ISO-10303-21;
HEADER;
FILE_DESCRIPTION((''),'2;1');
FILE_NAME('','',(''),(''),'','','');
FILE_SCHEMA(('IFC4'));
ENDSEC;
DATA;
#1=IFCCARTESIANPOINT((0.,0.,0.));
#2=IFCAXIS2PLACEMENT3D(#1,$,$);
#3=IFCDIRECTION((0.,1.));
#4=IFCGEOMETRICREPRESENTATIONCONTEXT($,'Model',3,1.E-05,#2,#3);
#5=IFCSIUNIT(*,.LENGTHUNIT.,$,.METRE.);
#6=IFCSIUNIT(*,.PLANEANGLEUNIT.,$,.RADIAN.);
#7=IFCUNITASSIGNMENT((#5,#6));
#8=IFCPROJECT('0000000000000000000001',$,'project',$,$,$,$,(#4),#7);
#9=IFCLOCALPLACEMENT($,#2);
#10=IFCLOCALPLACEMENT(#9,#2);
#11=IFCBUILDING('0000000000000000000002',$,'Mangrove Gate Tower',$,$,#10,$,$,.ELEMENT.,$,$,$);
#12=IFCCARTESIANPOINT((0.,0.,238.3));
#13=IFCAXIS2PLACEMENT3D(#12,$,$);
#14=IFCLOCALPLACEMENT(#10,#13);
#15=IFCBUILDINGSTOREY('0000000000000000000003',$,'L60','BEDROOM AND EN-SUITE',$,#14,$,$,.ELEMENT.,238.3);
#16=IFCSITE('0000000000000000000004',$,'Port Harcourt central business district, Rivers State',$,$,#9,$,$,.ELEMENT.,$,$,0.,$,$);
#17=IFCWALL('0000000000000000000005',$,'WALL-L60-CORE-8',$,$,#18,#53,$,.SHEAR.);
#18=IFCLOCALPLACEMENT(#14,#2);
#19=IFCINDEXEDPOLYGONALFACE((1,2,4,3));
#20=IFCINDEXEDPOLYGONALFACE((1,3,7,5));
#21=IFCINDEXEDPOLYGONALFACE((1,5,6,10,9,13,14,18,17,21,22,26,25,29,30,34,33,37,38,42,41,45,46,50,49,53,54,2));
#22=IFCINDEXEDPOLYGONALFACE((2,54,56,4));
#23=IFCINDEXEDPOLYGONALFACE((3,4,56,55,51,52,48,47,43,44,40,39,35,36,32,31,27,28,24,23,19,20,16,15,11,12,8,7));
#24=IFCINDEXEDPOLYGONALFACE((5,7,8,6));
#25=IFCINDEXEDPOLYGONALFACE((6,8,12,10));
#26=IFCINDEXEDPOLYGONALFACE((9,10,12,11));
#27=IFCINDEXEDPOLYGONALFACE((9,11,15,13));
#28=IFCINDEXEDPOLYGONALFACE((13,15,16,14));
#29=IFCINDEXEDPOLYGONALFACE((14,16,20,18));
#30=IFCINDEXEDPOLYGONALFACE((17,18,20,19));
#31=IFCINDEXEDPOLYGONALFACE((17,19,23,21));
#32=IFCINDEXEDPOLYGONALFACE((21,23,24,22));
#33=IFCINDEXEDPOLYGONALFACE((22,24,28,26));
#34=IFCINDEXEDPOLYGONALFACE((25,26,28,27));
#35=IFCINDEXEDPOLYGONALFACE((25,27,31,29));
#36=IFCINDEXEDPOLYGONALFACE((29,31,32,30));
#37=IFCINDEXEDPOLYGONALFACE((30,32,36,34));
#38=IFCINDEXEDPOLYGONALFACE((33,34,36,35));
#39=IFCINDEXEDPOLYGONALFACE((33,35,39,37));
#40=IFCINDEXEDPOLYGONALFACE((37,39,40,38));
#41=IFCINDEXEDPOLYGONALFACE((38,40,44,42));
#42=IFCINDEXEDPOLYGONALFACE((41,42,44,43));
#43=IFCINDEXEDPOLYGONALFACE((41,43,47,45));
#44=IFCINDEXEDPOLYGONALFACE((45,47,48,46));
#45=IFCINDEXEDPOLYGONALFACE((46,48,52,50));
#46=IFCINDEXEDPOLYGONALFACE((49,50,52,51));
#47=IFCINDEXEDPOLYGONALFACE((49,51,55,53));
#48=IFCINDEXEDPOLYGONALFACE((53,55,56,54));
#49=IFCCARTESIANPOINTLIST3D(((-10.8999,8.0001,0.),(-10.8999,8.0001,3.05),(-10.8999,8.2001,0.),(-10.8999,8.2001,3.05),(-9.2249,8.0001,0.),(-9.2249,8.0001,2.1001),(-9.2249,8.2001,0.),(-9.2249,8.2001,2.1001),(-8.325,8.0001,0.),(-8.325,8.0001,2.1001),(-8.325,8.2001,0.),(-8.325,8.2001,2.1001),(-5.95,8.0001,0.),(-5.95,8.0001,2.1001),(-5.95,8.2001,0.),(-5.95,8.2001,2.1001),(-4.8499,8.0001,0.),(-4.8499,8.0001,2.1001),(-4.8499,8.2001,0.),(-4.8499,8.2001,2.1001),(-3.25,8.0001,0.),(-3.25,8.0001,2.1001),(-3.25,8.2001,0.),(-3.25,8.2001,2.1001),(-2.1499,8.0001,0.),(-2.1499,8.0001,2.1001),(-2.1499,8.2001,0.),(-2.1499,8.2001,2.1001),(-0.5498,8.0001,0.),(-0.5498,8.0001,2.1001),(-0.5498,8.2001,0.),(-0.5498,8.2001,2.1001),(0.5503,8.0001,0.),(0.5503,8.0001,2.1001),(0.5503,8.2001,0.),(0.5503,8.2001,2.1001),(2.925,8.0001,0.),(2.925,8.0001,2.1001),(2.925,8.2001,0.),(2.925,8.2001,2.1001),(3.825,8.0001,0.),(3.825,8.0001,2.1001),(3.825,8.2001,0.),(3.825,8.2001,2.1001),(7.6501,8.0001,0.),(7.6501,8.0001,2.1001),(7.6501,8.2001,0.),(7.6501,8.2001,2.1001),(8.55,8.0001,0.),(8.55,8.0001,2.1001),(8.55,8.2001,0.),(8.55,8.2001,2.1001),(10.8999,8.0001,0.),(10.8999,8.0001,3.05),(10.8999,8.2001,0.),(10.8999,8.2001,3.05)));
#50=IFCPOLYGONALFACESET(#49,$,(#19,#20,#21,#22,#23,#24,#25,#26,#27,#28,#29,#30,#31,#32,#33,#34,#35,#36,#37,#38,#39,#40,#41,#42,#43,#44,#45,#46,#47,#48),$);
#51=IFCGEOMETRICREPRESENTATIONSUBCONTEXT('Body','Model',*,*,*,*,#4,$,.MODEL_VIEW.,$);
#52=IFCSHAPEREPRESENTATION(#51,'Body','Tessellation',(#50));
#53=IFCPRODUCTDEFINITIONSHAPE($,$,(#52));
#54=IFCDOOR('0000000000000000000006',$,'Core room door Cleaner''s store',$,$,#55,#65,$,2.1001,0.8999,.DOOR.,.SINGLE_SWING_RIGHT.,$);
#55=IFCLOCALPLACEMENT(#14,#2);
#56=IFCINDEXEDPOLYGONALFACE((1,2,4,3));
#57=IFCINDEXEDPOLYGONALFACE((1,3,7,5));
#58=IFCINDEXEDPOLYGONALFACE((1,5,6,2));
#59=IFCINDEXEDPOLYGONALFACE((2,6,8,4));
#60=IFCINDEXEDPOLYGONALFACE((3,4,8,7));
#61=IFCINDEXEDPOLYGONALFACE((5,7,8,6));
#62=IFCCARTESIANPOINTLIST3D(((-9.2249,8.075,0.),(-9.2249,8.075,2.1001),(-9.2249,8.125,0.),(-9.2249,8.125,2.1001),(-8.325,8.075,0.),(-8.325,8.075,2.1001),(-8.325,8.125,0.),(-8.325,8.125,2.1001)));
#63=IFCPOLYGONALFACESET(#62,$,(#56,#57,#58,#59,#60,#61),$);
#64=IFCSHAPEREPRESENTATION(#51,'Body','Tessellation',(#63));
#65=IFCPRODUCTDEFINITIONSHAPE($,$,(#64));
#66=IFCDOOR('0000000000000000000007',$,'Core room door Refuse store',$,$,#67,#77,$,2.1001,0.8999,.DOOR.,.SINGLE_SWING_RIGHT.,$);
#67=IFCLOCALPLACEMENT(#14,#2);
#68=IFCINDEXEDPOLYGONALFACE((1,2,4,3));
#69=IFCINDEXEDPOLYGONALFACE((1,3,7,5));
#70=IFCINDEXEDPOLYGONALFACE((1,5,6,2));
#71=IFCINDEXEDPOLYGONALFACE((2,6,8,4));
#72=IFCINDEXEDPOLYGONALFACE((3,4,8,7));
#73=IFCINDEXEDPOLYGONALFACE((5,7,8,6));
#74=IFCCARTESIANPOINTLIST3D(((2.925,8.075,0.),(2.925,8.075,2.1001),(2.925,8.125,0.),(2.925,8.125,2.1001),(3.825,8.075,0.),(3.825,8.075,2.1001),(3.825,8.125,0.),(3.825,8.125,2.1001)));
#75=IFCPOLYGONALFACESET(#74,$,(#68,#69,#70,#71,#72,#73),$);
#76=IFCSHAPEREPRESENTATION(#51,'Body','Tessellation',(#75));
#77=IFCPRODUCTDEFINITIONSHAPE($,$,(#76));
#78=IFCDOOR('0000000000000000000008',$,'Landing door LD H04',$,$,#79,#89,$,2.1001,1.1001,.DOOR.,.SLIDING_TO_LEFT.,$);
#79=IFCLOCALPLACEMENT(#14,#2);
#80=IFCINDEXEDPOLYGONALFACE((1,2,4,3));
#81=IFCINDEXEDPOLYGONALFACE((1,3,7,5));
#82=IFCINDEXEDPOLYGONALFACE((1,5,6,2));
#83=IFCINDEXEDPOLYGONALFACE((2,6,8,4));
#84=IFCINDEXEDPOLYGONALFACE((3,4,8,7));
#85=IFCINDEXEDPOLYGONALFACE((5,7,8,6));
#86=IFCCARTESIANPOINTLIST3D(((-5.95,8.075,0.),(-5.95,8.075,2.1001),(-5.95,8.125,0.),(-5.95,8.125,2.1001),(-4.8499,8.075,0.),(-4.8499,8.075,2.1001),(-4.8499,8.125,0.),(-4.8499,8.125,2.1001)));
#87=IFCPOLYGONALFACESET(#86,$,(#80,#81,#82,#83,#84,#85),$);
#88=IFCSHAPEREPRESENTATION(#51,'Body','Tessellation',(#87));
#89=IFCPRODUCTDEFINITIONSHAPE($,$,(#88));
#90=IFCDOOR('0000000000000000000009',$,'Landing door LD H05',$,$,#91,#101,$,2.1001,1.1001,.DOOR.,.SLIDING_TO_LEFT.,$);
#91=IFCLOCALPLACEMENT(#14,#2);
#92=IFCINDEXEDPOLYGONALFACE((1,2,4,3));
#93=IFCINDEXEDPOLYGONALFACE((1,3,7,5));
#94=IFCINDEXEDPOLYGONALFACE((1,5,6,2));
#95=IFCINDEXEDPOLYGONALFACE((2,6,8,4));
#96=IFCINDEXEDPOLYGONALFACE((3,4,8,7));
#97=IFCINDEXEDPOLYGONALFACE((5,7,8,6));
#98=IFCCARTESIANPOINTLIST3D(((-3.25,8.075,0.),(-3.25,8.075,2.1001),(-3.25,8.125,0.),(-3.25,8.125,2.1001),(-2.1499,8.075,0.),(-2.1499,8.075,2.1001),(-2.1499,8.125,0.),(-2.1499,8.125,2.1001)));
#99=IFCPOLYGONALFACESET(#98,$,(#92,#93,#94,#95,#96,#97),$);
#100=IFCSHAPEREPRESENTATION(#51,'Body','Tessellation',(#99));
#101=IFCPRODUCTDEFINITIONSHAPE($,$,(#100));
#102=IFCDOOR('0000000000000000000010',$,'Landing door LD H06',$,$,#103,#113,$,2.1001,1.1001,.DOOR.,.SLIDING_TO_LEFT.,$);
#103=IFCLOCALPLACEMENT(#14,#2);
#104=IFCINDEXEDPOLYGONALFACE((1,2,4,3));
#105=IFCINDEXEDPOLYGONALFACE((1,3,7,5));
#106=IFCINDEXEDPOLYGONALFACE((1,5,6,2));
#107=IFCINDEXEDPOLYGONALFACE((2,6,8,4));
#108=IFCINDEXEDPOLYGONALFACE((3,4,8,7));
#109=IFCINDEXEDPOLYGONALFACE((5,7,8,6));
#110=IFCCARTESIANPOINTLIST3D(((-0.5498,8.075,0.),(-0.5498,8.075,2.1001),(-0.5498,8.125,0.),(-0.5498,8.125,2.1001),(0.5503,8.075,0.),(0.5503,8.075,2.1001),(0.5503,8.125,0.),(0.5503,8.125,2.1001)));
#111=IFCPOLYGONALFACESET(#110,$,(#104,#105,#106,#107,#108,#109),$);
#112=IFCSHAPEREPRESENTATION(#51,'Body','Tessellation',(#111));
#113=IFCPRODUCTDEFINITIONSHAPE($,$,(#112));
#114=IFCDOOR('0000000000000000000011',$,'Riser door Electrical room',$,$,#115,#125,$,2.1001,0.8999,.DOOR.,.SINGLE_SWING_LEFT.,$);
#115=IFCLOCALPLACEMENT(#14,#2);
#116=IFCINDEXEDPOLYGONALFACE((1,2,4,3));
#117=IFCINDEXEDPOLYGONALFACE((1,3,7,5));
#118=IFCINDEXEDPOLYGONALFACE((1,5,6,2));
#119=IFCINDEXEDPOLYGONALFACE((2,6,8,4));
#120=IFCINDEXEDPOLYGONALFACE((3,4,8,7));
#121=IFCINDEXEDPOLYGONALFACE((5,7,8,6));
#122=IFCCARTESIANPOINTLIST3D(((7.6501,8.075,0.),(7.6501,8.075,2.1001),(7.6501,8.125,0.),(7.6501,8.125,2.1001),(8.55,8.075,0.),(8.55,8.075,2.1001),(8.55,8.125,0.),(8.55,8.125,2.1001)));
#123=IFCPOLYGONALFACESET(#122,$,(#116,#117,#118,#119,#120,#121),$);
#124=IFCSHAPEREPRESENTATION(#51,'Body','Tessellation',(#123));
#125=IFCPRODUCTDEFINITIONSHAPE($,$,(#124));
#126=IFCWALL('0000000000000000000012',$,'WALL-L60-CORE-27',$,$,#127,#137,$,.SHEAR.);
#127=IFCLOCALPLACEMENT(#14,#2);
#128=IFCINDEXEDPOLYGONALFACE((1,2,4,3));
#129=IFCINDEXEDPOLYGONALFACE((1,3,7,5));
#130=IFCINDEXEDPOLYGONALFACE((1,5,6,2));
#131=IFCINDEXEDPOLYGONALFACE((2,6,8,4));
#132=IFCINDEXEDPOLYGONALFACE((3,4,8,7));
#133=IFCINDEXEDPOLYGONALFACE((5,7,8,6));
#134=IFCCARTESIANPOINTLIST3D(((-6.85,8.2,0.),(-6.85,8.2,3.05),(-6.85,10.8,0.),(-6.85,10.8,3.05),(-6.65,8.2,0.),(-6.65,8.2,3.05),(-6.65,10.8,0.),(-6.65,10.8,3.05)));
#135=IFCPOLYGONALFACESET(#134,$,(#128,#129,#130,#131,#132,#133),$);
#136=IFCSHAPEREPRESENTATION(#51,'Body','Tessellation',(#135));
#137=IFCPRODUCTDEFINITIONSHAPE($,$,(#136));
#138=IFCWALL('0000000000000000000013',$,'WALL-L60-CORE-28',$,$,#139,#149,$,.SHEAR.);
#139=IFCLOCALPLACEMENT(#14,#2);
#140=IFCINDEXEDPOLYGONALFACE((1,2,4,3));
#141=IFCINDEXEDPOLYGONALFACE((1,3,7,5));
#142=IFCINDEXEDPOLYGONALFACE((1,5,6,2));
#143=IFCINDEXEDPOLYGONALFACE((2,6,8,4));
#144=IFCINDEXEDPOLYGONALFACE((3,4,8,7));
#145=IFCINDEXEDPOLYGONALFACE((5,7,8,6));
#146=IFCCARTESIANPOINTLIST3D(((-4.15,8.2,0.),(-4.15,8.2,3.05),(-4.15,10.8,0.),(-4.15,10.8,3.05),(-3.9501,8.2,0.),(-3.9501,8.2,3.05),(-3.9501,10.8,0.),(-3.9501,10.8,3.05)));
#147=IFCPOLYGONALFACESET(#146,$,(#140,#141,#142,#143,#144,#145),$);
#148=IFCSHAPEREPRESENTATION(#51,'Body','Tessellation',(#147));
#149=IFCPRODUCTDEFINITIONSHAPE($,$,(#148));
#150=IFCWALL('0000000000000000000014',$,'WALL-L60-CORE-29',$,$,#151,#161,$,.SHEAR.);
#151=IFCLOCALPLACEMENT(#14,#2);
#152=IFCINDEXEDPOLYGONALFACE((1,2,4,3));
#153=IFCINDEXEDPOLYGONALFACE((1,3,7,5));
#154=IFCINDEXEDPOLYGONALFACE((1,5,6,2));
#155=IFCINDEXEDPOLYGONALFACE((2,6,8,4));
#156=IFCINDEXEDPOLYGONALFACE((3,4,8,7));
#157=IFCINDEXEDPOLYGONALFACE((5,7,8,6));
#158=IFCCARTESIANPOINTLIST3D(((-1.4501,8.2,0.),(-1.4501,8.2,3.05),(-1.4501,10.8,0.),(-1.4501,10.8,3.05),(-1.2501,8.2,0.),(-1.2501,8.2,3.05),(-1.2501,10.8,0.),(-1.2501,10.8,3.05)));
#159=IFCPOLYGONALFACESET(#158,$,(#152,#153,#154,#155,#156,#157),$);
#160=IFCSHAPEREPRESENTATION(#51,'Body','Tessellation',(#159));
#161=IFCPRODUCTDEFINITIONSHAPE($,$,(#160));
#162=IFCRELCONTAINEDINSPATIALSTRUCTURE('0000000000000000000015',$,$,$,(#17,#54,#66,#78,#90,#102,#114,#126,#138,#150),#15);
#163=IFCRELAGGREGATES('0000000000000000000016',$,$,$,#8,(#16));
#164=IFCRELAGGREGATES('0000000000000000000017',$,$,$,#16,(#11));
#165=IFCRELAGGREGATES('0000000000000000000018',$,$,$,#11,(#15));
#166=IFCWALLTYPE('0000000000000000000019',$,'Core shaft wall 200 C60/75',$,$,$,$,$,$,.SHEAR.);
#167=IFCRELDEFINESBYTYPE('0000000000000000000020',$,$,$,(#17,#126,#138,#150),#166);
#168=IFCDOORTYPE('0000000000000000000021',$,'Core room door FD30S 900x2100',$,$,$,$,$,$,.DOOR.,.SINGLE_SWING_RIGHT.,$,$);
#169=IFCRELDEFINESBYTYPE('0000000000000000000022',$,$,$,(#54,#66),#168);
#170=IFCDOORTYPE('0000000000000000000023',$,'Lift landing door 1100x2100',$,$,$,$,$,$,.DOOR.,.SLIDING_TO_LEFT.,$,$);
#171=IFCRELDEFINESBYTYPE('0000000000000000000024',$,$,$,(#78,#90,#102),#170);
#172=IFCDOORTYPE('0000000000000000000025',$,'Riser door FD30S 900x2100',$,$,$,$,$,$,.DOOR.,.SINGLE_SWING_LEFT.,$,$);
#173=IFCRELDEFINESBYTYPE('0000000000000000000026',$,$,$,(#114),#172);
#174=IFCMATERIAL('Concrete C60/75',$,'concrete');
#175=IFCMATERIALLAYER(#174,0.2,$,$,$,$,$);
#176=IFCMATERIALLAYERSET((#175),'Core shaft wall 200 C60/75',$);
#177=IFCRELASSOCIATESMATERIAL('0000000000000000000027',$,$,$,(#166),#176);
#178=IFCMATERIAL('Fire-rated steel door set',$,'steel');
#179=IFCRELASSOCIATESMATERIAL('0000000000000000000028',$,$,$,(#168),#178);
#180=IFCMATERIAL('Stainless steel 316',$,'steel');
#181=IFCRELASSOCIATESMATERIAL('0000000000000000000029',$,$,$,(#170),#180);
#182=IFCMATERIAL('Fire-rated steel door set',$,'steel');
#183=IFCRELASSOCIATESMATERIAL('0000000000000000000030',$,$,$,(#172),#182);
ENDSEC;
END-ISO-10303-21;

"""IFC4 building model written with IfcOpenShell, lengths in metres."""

from ifc_helpers import new_model, si_unit, direction, frame, frame_2d, origin, place, context, subcontext, project, spatial, rectangle, extrude, material, layer, layer_set, type_object, element, fill, save


model = new_model("IFC4")

# Units and contexts
model_context = context("Model", 3, precision=1e-05, world=origin(), true_north=direction((0.0, 1.0)))
body_context = subcontext(model_context, "Body", "Model", "MODEL_VIEW")
ifc_project = project(units=[si_unit("LENGTHUNIT", "METRE"), si_unit("PLANEANGLEUNIT", "RADIAN")], contexts=[model_context])

# Site, building, storey
site_placement = place(None, origin())
site = spatial("IfcSite", under=ifc_project, at=site_placement, Name="Port Harcourt central business district, Rivers State", CompositionType="ELEMENT", RefElevation=0.0)
building_placement = place(site_placement, origin())
building = spatial("IfcBuilding", under=site, at=building_placement, Name="Mangrove Gate Tower", CompositionType="ELEMENT")
storey_placement = place(building_placement, frame((0.0, 0.0, 238.3)))
storey = spatial("IfcBuildingStorey", under=building, at=storey_placement, Name="L60", Description="BEDROOM AND EN-SUITE", CompositionType="ELEMENT", Elevation=238.3)

# Wall, openings, doors
ifc_material_1 = material(Name="Concrete C60/75", Category="concrete")
ifc_layer_1 = layer(ifc_material_1, 0.2)
ifc_layer_set_1 = layer_set([ifc_layer_1], Name="Core shaft wall 200 C60/75")
wall_type_1 = type_object("IfcWallType", Name="Core shaft wall 200 C60/75", PredefinedType="SHEAR", material=ifc_layer_set_1)
wall_1_placement = place(storey_placement, frame((-10.8999, 8.1001, 0.0), z_axis=(0.0, 0.0, 1.0), x_axis=(1.0, 0.0, 0.0)))
wall_1 = element("IfcWall", 1, at=wall_1_placement, inside=storey, type_object=wall_type_1, Name="WALL-L60-CORE-8", PredefinedType="SHEAR", context=body_context, shape_type="SweptSolid", body=[
    extrude(rectangle(XDim=21.7998, YDim=0.2, at=frame_2d((10.8999, 0.0))), origin(), (0.0, 0.0, 1.0), 3.05),
])
opening_1_placement = place(wall_1_placement, frame((4.95, 0.0, 0.0)))
opening_1 = element("IfcOpeningElement", 2, at=opening_1_placement, cuts=wall_1, PredefinedType="OPENING", context=body_context, shape_type="SweptSolid", body=[
    extrude(rectangle(XDim=1.1001, YDim=2.1001, at=frame_2d((0.55, 1.05))), frame((0.0, 0.1099, 0.0), z_axis=(0.0, -1.0, 0.0), x_axis=(1.0, 0.0, 0.0)), (0.0, 0.0, 1.0), 0.22),
])
opening_2_placement = place(wall_1_placement, frame((7.6499, 0.0, 0.0)))
opening_2 = element("IfcOpeningElement", 3, at=opening_2_placement, cuts=wall_1, PredefinedType="OPENING", context=body_context, shape_type="SweptSolid", body=[
    extrude(rectangle(XDim=1.1001, YDim=2.1001, at=frame_2d((0.55, 1.05))), frame((0.0, 0.1099, 0.0), z_axis=(0.0, -1.0, 0.0), x_axis=(1.0, 0.0, 0.0)), (0.0, 0.0, 1.0), 0.22),
])
opening_3_placement = place(wall_1_placement, frame((10.3501, 0.0, 0.0)))
opening_3 = element("IfcOpeningElement", 4, at=opening_3_placement, cuts=wall_1, PredefinedType="OPENING", context=body_context, shape_type="SweptSolid", body=[
    extrude(rectangle(XDim=1.1001, YDim=2.1001, at=frame_2d((0.55, 1.05))), frame((0.0, 0.1099, 0.0), z_axis=(0.0, -1.0, 0.0), x_axis=(1.0, 0.0, 0.0)), (0.0, 0.0, 1.0), 0.22),
])
opening_4_placement = place(wall_1_placement, frame((1.675, 0.0, 0.0)))
opening_4 = element("IfcOpeningElement", 5, at=opening_4_placement, cuts=wall_1, PredefinedType="OPENING", context=body_context, shape_type="SweptSolid", body=[
    extrude(rectangle(XDim=0.8999, YDim=2.1001, at=frame_2d((0.45, 1.05))), frame((0.0, 0.1099, 0.0), z_axis=(0.0, -1.0, 0.0), x_axis=(1.0, 0.0, 0.0)), (0.0, 0.0, 1.0), 0.22),
])
opening_5_placement = place(wall_1_placement, frame((13.825, 0.0, 0.0)))
opening_5 = element("IfcOpeningElement", 6, at=opening_5_placement, cuts=wall_1, PredefinedType="OPENING", context=body_context, shape_type="SweptSolid", body=[
    extrude(rectangle(XDim=0.8999, YDim=2.1001, at=frame_2d((0.45, 1.05))), frame((0.0, 0.1099, 0.0), z_axis=(0.0, -1.0, 0.0), x_axis=(1.0, 0.0, 0.0)), (0.0, 0.0, 1.0), 0.22),
])
opening_6_placement = place(wall_1_placement, frame((18.55, 0.0, 0.0)))
opening_6 = element("IfcOpeningElement", 7, at=opening_6_placement, cuts=wall_1, PredefinedType="OPENING", context=body_context, shape_type="SweptSolid", body=[
    extrude(rectangle(XDim=0.8999, YDim=2.1001, at=frame_2d((0.45, 1.05))), frame((0.0, 0.1099, 0.0), z_axis=(0.0, -1.0, 0.0), x_axis=(1.0, 0.0, 0.0)), (0.0, 0.0, 1.0), 0.22),
])
ifc_material_2 = material(Name="Fire-rated steel door set", Category="steel")
door_type_1 = type_object("IfcDoorType", Name="Core room door FD30S 900x2100", OperationType="SINGLE_SWING_RIGHT", PredefinedType="DOOR", material=ifc_material_2)
door_1_placement = place(opening_4_placement, origin())
door_1 = element("IfcDoor", 8, at=door_1_placement, inside=storey, type_object=door_type_1, Name="Core room door Cleaner's store", OperationType="SINGLE_SWING_RIGHT", OverallHeight=2.1001, OverallWidth=0.8999, PredefinedType="DOOR", context=body_context, shape_type="SweptSolid", body=[
    extrude(rectangle(XDim=0.8999, YDim=2.1001, at=frame_2d((0.45, 1.05))), frame((0.0, 0.0249, 0.0), z_axis=(0.0, -1.0, 0.0), x_axis=(1.0, 0.0, 0.0)), (0.0, 0.0, 1.0), 0.05),
])
fill(opening_4, door_1)
door_2_placement = place(opening_5_placement, origin())
door_2 = element("IfcDoor", 9, at=door_2_placement, inside=storey, type_object=door_type_1, Name="Core room door Refuse store", OperationType="SINGLE_SWING_RIGHT", OverallHeight=2.1001, OverallWidth=0.8999, PredefinedType="DOOR", context=body_context, shape_type="SweptSolid", body=[
    extrude(rectangle(XDim=0.8999, YDim=2.1001, at=frame_2d((0.45, 1.05))), frame((0.0, 0.0249, 0.0), z_axis=(0.0, -1.0, 0.0), x_axis=(1.0, 0.0, 0.0)), (0.0, 0.0, 1.0), 0.05),
])
fill(opening_5, door_2)
ifc_material_3 = material(Name="Stainless steel 316", Category="steel")
door_type_2 = type_object("IfcDoorType", Name="Lift landing door 1100x2100", OperationType="SLIDING_TO_LEFT", PredefinedType="DOOR", material=ifc_material_3)
door_3_placement = place(opening_1_placement, origin())
door_3 = element("IfcDoor", 10, at=door_3_placement, inside=storey, type_object=door_type_2, Name="Landing door LD H04", OperationType="SLIDING_TO_LEFT", OverallHeight=2.1001, OverallWidth=1.1001, PredefinedType="DOOR", context=body_context, shape_type="SweptSolid", body=[
    extrude(rectangle(XDim=1.1001, YDim=2.1001, at=frame_2d((0.55, 1.05))), frame((0.0, 0.0249, 0.0), z_axis=(0.0, -1.0, 0.0), x_axis=(1.0, 0.0, 0.0)), (0.0, 0.0, 1.0), 0.05),
])
fill(opening_1, door_3)
door_4_placement = place(opening_2_placement, origin())
door_4 = element("IfcDoor", 11, at=door_4_placement, inside=storey, type_object=door_type_2, Name="Landing door LD H05", OperationType="SLIDING_TO_LEFT", OverallHeight=2.1001, OverallWidth=1.1001, PredefinedType="DOOR", context=body_context, shape_type="SweptSolid", body=[
    extrude(rectangle(XDim=1.1001, YDim=2.1001, at=frame_2d((0.55, 1.05))), frame((0.0, 0.0249, 0.0), z_axis=(0.0, -1.0, 0.0), x_axis=(1.0, 0.0, 0.0)), (0.0, 0.0, 1.0), 0.05),
])
fill(opening_2, door_4)
door_5_placement = place(opening_3_placement, origin())
door_5 = element("IfcDoor", 12, at=door_5_placement, inside=storey, type_object=door_type_2, Name="Landing door LD H06", OperationType="SLIDING_TO_LEFT", OverallHeight=2.1001, OverallWidth=1.1001, PredefinedType="DOOR", context=body_context, shape_type="SweptSolid", body=[
    extrude(rectangle(XDim=1.1001, YDim=2.1001, at=frame_2d((0.55, 1.05))), frame((0.0, 0.0249, 0.0), z_axis=(0.0, -1.0, 0.0), x_axis=(1.0, 0.0, 0.0)), (0.0, 0.0, 1.0), 0.05),
])
fill(opening_3, door_5)
ifc_material_4 = material(Name="Fire-rated steel door set", Category="steel")
door_type_3 = type_object("IfcDoorType", Name="Riser door FD30S 900x2100", OperationType="SINGLE_SWING_LEFT", PredefinedType="DOOR", material=ifc_material_4)
door_6_placement = place(opening_6_placement, origin())
door_6 = element("IfcDoor", 13, at=door_6_placement, inside=storey, type_object=door_type_3, Name="Riser door Electrical room", OperationType="SINGLE_SWING_LEFT", OverallHeight=2.1001, OverallWidth=0.8999, PredefinedType="DOOR", context=body_context, shape_type="SweptSolid", body=[
    extrude(rectangle(XDim=0.8999, YDim=2.1001, at=frame_2d((0.45, 1.05))), frame((0.0, 0.0249, 0.0), z_axis=(0.0, -1.0, 0.0), x_axis=(1.0, 0.0, 0.0)), (0.0, 0.0, 1.0), 0.05),
])
fill(opening_6, door_6)

# Walls
for number, where, z_axis, x_axis, name in (
    (14, (-6.75, 8.2, 0.0), (0.0, 0.0, 1.0), (0.0, 1.0, 0.0), "WALL-L60-CORE-27"),
    (15, (-4.05, 8.2, 0.0), (0.0, 0.0, 1.0), (0.0, 1.0, 0.0), "WALL-L60-CORE-28"),
    (16, (-1.3501, 8.2, 0.0), (0.0, 0.0, 1.0), (0.0, 1.0, 0.0), "WALL-L60-CORE-29"),
):
    element("IfcWall", number, at=place(storey_placement, frame(where, z_axis=z_axis, x_axis=x_axis)), inside=storey, type_object=wall_type_1, Name=name, PredefinedType="SHEAR", context=body_context, shape_type="SweptSolid", body=[
        extrude(rectangle(XDim=2.6001, YDim=0.2, at=frame_2d((1.3, 0.0))), origin(), (0.0, 0.0, 1.0), 3.05),
    ])

save(model, "model.ifc")
